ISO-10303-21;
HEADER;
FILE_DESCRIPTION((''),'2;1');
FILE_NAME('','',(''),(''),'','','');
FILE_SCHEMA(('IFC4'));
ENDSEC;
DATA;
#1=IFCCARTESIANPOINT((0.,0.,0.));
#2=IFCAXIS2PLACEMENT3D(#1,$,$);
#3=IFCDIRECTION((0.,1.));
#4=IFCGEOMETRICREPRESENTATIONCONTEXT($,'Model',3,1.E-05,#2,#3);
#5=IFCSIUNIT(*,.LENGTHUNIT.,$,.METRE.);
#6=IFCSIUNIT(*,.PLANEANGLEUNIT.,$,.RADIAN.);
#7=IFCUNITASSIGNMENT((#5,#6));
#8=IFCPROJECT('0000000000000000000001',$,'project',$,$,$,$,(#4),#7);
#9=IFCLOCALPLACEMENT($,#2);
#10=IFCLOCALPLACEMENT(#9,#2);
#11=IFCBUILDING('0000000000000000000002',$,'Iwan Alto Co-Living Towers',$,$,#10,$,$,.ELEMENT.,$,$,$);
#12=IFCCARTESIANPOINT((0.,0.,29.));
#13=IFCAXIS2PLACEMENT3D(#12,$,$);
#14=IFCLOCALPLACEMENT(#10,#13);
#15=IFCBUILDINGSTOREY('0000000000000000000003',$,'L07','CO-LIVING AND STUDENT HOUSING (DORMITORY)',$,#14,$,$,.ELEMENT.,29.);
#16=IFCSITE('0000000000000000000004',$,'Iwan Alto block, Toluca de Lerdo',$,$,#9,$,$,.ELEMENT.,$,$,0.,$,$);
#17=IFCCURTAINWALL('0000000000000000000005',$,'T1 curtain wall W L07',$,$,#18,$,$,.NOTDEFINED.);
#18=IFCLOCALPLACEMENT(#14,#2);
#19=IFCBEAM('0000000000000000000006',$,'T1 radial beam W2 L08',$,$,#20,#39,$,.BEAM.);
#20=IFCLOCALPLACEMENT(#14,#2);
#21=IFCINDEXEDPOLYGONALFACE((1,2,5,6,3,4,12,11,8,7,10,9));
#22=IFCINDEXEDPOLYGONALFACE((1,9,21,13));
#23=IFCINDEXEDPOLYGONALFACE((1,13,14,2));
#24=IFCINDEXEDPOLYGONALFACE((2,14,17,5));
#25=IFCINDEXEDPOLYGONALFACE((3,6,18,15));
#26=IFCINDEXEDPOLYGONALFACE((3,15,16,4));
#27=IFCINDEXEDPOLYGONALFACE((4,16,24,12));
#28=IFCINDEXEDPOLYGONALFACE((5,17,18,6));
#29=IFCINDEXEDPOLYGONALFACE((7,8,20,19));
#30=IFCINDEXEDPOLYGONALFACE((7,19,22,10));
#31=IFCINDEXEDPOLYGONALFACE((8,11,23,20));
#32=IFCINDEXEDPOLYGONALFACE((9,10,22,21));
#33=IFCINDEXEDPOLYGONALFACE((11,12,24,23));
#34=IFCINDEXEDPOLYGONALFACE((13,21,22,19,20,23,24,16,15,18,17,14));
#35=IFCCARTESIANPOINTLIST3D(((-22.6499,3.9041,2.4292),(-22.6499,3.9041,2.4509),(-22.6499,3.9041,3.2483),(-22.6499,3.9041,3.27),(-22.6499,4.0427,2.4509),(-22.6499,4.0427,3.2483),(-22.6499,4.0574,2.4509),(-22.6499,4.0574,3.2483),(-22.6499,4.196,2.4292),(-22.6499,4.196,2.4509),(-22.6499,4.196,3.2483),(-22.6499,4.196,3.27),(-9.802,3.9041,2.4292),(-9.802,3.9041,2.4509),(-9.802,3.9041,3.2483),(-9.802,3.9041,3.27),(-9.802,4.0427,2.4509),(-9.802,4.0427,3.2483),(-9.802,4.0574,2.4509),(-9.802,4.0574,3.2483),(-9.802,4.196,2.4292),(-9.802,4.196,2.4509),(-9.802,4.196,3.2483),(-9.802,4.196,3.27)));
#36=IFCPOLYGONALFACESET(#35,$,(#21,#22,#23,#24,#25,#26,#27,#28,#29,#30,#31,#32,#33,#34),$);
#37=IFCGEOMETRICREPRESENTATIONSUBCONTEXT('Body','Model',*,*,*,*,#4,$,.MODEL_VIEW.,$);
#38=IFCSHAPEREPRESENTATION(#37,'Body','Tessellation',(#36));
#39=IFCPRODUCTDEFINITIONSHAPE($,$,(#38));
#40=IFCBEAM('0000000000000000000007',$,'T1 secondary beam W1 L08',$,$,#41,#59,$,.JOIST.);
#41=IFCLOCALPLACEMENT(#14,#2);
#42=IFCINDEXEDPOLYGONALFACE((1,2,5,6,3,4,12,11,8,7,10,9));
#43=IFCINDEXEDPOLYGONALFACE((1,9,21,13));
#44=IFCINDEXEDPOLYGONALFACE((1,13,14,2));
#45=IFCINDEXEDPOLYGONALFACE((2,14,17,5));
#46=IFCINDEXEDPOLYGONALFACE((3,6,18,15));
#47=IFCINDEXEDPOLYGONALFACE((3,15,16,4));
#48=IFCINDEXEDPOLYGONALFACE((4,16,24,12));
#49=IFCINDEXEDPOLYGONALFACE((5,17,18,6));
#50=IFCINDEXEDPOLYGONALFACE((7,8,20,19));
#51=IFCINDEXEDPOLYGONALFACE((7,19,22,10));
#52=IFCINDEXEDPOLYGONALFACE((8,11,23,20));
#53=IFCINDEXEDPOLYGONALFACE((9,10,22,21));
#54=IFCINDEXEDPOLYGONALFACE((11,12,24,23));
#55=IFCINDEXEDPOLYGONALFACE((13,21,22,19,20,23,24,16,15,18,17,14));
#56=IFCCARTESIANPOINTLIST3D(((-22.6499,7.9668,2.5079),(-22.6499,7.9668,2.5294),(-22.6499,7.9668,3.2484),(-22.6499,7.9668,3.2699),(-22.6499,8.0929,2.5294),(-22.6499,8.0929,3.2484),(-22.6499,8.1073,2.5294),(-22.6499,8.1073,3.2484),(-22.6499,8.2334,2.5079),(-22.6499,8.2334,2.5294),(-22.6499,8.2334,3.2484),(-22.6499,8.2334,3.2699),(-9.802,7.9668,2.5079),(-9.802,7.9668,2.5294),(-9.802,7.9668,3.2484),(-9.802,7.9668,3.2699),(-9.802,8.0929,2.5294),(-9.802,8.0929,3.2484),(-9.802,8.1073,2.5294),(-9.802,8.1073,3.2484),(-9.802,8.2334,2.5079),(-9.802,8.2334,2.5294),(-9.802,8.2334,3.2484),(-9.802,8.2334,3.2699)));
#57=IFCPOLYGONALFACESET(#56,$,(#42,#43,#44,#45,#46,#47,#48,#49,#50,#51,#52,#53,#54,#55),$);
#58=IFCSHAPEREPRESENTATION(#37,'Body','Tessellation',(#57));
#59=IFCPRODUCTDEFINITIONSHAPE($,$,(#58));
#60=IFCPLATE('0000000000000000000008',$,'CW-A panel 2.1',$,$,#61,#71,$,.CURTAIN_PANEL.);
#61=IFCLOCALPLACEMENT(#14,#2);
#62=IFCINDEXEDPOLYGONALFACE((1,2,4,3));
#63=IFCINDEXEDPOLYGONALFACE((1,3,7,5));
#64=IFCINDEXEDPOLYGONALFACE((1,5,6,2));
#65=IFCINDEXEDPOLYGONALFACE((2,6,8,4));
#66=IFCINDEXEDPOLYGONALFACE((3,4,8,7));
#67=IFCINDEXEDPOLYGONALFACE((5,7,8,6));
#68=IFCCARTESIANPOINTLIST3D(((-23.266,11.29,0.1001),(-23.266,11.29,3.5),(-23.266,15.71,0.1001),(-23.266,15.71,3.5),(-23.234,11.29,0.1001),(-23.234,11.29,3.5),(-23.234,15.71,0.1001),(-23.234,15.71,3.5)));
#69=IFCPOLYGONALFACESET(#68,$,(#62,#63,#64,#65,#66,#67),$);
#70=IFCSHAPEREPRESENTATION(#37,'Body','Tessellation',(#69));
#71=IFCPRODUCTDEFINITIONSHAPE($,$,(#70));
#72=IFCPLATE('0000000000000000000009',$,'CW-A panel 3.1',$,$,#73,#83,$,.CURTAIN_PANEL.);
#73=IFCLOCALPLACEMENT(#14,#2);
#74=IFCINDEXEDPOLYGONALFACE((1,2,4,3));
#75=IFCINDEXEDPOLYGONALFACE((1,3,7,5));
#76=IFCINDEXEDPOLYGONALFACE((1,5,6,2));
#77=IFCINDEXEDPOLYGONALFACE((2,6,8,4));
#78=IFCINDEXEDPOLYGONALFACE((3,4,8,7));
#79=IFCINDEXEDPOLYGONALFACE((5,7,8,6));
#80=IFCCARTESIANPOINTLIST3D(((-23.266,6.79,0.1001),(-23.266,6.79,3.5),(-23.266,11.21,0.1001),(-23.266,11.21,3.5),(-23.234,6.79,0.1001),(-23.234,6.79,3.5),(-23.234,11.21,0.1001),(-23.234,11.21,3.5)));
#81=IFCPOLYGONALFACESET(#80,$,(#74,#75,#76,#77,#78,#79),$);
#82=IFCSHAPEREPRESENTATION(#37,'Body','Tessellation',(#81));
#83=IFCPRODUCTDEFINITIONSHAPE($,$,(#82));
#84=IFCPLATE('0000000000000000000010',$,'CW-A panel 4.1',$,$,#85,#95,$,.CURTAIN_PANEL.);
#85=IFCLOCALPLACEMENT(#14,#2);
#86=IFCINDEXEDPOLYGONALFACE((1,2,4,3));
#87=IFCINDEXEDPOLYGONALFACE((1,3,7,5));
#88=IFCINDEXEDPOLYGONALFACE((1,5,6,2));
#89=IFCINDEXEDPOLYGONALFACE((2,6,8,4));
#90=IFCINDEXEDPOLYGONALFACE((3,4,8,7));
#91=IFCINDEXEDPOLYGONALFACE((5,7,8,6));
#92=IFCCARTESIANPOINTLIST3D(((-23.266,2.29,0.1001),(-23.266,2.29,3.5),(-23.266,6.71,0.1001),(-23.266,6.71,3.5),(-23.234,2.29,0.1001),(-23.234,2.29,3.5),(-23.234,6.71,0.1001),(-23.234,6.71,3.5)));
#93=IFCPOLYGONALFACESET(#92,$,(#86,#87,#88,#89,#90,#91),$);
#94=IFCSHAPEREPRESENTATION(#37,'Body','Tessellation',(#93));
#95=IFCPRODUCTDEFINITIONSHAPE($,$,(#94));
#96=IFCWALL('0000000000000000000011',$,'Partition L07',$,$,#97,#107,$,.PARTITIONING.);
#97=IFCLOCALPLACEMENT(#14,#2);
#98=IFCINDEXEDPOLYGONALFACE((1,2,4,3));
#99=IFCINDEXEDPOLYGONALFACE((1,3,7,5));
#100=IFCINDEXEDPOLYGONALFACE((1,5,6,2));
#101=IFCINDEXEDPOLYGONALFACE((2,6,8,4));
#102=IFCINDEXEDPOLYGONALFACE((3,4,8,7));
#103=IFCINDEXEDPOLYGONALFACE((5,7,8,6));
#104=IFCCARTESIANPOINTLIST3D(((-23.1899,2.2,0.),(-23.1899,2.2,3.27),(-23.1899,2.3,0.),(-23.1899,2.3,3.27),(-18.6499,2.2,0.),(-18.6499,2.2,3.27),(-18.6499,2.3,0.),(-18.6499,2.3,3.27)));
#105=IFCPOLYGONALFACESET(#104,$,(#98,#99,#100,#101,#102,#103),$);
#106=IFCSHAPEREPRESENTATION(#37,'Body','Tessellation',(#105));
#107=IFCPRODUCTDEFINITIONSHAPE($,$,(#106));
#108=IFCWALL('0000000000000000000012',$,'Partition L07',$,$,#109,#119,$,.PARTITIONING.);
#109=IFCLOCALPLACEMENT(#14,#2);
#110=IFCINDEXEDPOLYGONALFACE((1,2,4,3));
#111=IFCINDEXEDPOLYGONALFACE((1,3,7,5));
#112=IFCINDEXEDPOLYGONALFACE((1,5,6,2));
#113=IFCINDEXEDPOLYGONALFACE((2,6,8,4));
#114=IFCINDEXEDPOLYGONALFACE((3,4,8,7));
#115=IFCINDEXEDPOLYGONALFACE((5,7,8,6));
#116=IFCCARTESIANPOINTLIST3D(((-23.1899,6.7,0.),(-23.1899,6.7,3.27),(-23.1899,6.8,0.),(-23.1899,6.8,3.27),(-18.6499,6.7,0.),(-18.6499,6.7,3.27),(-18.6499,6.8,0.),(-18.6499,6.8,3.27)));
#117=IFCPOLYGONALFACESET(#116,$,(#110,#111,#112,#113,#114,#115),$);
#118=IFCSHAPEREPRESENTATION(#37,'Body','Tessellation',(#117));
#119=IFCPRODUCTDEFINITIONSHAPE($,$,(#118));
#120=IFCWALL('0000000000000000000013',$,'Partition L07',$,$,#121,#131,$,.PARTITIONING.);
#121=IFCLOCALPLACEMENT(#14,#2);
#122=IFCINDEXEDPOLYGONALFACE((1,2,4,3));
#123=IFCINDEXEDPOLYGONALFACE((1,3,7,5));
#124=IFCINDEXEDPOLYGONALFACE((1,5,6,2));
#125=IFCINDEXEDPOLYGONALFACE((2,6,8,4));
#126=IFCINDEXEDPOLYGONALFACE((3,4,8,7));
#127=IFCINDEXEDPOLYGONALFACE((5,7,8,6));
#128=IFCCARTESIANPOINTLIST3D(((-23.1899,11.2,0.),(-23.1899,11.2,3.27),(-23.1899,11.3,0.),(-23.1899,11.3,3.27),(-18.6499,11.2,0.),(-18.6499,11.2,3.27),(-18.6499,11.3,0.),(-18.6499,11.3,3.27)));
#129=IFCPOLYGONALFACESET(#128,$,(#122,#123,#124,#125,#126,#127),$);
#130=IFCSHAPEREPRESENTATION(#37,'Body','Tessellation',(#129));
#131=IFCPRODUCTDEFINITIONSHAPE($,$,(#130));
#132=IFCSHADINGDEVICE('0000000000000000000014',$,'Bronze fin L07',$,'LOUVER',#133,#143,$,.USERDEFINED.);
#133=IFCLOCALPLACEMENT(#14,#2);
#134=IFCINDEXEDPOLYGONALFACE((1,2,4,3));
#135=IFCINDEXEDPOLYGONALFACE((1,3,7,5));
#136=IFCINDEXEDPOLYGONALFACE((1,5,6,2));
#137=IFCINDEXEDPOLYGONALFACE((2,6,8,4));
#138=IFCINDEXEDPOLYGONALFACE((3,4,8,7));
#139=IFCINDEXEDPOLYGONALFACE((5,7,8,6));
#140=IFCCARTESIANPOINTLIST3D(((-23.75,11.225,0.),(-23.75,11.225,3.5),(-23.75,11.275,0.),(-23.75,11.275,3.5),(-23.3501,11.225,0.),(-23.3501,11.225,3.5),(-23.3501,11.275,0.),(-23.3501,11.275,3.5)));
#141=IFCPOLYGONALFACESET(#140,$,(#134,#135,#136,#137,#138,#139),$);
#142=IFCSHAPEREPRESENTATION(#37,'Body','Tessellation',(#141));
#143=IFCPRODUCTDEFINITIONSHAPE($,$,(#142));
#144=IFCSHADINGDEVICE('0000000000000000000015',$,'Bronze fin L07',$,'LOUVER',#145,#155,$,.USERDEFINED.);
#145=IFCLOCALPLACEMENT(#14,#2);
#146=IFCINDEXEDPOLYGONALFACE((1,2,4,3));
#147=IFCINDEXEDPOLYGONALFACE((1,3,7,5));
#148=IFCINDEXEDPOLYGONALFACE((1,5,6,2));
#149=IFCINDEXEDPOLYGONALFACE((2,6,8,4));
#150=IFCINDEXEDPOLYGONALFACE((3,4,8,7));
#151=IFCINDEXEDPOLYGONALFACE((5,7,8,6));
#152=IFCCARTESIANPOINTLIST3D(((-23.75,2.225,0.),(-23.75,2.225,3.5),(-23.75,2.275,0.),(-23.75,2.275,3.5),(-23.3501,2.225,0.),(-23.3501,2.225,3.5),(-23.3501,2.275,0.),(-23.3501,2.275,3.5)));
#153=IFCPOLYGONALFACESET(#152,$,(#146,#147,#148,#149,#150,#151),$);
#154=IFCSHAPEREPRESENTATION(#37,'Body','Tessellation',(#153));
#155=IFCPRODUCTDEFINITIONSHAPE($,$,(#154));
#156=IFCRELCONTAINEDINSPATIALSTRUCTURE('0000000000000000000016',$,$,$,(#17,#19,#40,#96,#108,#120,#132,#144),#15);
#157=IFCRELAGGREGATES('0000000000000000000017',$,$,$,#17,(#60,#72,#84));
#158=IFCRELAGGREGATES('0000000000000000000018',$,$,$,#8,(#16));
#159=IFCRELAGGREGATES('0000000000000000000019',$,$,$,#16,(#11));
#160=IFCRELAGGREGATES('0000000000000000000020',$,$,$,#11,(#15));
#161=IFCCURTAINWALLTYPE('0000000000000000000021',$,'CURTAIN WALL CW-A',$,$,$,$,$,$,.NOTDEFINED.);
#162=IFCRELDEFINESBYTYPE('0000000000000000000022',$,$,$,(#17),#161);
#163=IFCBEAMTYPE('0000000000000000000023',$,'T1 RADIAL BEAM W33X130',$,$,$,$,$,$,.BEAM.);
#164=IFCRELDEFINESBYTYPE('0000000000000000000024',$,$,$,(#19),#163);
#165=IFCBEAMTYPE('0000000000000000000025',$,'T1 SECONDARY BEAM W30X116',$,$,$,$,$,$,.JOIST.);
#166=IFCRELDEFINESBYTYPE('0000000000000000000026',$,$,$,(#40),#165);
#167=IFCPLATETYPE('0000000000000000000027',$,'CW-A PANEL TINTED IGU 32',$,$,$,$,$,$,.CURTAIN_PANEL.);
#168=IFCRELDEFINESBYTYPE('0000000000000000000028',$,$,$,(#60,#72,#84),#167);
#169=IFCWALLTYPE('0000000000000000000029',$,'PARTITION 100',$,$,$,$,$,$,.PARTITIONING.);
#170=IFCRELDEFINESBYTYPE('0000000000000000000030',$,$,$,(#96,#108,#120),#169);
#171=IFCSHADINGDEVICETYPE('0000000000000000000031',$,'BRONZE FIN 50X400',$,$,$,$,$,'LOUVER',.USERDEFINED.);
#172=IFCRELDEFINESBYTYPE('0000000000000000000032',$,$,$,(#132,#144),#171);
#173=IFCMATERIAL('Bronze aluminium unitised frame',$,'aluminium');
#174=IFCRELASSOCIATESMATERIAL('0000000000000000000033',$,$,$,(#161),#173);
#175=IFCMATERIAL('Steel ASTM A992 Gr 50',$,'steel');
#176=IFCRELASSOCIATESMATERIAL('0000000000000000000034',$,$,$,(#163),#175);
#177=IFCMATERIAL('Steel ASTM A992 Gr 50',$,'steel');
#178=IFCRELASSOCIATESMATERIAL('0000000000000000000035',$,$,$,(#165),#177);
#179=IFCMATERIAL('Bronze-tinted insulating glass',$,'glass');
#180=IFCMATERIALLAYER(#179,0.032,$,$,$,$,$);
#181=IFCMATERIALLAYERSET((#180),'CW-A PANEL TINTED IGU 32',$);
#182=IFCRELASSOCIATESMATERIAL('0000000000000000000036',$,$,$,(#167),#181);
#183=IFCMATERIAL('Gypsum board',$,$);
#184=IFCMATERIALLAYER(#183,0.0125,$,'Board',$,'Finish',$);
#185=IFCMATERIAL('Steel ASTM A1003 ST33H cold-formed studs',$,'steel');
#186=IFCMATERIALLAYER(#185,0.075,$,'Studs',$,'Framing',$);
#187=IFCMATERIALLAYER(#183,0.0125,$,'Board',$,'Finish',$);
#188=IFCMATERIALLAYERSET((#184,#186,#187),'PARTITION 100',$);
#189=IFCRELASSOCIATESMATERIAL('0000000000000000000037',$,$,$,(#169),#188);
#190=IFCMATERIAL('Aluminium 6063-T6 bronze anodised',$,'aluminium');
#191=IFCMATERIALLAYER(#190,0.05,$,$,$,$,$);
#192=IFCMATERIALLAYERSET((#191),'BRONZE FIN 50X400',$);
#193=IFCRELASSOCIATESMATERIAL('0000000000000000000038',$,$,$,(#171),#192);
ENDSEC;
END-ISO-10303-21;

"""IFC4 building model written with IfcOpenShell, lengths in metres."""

from ifc_helpers import new_model, si_unit, direction, frame, frame_2d, origin, origin_2d, place, context, subcontext, project, spatial, rectangle, i_section, extrude, material, layer, layer_set, material_profile, profile_set, type_object, element, aggregate, save


model = new_model("IFC4")

# Units and contexts
model_context = context("Model", 3, precision=1e-05, world=origin(), true_north=direction((0.0, 1.0)))
body_context = subcontext(model_context, "Body", "Model", "MODEL_VIEW")
ifc_project = project(units=[si_unit("LENGTHUNIT", "METRE"), si_unit("PLANEANGLEUNIT", "RADIAN")], contexts=[model_context])

# Site, building, storey
site_placement = place(None, origin())
site = spatial("IfcSite", under=ifc_project, at=site_placement, Name="Iwan Alto block, Toluca de Lerdo", CompositionType="ELEMENT", RefElevation=0.0)
building_placement = place(site_placement, origin())
building = spatial("IfcBuilding", under=site, at=building_placement, Name="Iwan Alto Co-Living Towers", CompositionType="ELEMENT")
storey_placement = place(building_placement, frame((0.0, 0.0, 29.0)))
storey = spatial("IfcBuildingStorey", under=building, at=storey_placement, Name="L07", Description="CO-LIVING AND STUDENT HOUSING (DORMITORY)", CompositionType="ELEMENT", Elevation=29.0)

# Curtain wall
ifc_material_1 = material(Name="Bronze aluminium unitised frame", Category="aluminium")
curtain_wall_type = type_object("IfcCurtainWallType", Name="CURTAIN WALL CW-A", PredefinedType="NOTDEFINED", material=ifc_material_1)
curtain_wall_placement = place(storey_placement, origin())
curtain_wall = element("IfcCurtainWall", 1, at=curtain_wall_placement, inside=storey, type_object=curtain_wall_type, Name="T1 curtain wall W L07", PredefinedType="NOTDEFINED")

# Beams
ifc_material_2 = material(Name="Steel ASTM A992 Gr 50", Category="steel")
ifc_material_profile_1 = material_profile(ifc_material_2, i_section(OverallWidth=0.292, OverallDepth=0.8408, WebThickness=0.0146, FlangeThickness=0.0217, at=origin_2d()), Name="W33X130")
ifc_profile_set_1 = profile_set([ifc_material_profile_1], Name="Steel ASTM A992 Gr 50")
beam_type_1 = type_object("IfcBeamType", Name="T1 RADIAL BEAM W33X130", PredefinedType="BEAM", material=ifc_profile_set_1)
beam_1_placement = place(storey_placement, frame((-22.6499, 4.05, 2.8496), z_axis=(1.0, 0.0, 0.0), x_axis=(0.0, 1.0, 0.0)))
element("IfcBeam", 2, at=beam_1_placement, inside=storey, type_object=beam_type_1, Name="T1 radial beam W2 L08", PredefinedType="BEAM", context=body_context, shape_type="SweptSolid", body=[
    extrude(i_section(OverallWidth=0.292, OverallDepth=0.8408, WebThickness=0.0146, FlangeThickness=0.0217, at=origin_2d()), origin(), (0.0, 0.0, 1.0), 12.8479),
])
ifc_material_3 = material(Name="Steel ASTM A992 Gr 50", Category="steel")
ifc_material_profile_2 = material_profile(ifc_material_3, i_section(OverallWidth=0.2666, OverallDepth=0.762, WebThickness=0.0144, FlangeThickness=0.0215, at=origin_2d()), Name="W30X116")
ifc_profile_set_2 = profile_set([ifc_material_profile_2], Name="Steel ASTM A992 Gr 50")
beam_type_2 = type_object("IfcBeamType", Name="T1 SECONDARY BEAM W30X116", PredefinedType="JOIST", material=ifc_profile_set_2)
beam_2_placement = place(storey_placement, frame((-22.6499, 8.1001, 2.8889), z_axis=(1.0, 0.0, 0.0), x_axis=(0.0, 1.0, 0.0)))
element("IfcBeam", 3, at=beam_2_placement, inside=storey, type_object=beam_type_2, Name="T1 secondary beam W1 L08", PredefinedType="JOIST", context=body_context, shape_type="SweptSolid", body=[
    extrude(i_section(OverallWidth=0.2666, OverallDepth=0.762, WebThickness=0.0144, FlangeThickness=0.0215, at=origin_2d()), origin(), (0.0, 0.0, 1.0), 12.8479),
])

# Plates
ifc_material_4 = material(Name="Bronze-tinted insulating glass", Category="glass")
ifc_layer_1 = layer(ifc_material_4, 0.032)
ifc_layer_set_1 = layer_set([ifc_layer_1], Name="CW-A PANEL TINTED IGU 32")
plate_type = type_object("IfcPlateType", Name="CW-A PANEL TINTED IGU 32", PredefinedType="CURTAIN_PANEL", material=ifc_layer_set_1)
plate_1_placement = place(storey_placement, frame((-23.25, 13.5, 0.1001), z_axis=(0.0, 0.0, 1.0), x_axis=(0.0, -1.0, 0.0)))
plate_1 = element("IfcPlate", 4, at=plate_1_placement, type_object=plate_type, Name="CW-A panel 2.1", PredefinedType="CURTAIN_PANEL", context=body_context, shape_type="SweptSolid", body=[
    extrude(rectangle(XDim=4.4199, YDim=0.032, at=origin_2d()), origin(), (0.0, 0.0, 1.0), 3.3999),
])
plate_2_placement = place(storey_placement, frame((-23.25, 9.0, 0.1001), z_axis=(0.0, 0.0, 1.0), x_axis=(0.0, -1.0, 0.0)))
plate_2 = element("IfcPlate", 5, at=plate_2_placement, type_object=plate_type, Name="CW-A panel 3.1", PredefinedType="CURTAIN_PANEL", context=body_context, shape_type="SweptSolid", body=[
    extrude(rectangle(XDim=4.4199, YDim=0.032, at=origin_2d()), origin(), (0.0, 0.0, 1.0), 3.3999),
])
plate_3_placement = place(storey_placement, frame((-23.25, 4.5, 0.1001), z_axis=(0.0, 0.0, 1.0), x_axis=(0.0, -1.0, 0.0)))
plate_3 = element("IfcPlate", 6, at=plate_3_placement, type_object=plate_type, Name="CW-A panel 4.1", PredefinedType="CURTAIN_PANEL", context=body_context, shape_type="SweptSolid", body=[
    extrude(rectangle(XDim=4.4199, YDim=0.032, at=origin_2d()), origin(), (0.0, 0.0, 1.0), 3.3999),
])
aggregate(curtain_wall, [plate_1, plate_2, plate_3])

# Walls
ifc_material_5 = material(Name="Gypsum board")
ifc_layer_2 = layer(ifc_material_5, 0.0125, Name="Board", Category="Finish")
ifc_material_6 = material(Name="Steel ASTM A1003 ST33H cold-formed studs", Category="steel")
ifc_layer_3 = layer(ifc_material_6, 0.075, Name="Studs", Category="Framing")
ifc_layer_4 = layer(ifc_material_5, 0.0125, Name="Board", Category="Finish")
ifc_layer_set_2 = layer_set([ifc_layer_2, ifc_layer_3, ifc_layer_4], Name="PARTITION 100")
wall_type = type_object("IfcWallType", Name="PARTITION 100", PredefinedType="PARTITIONING", material=ifc_layer_set_2)
for number, where, z_axis, x_axis, name in (
    (7, (-23.1899, 2.25, 0.0), (0.0, 0.0, 1.0), (1.0, 0.0, 0.0), "Partition L07"),
    (8, (-23.1899, 6.75, 0.0), (0.0, 0.0, 1.0), (1.0, 0.0, 0.0), "Partition L07"),
    (9, (-23.1899, 11.25, 0.0), (0.0, 0.0, 1.0), (1.0, 0.0, 0.0), "Partition L07"),
):
    element("IfcWall", number, at=place(storey_placement, frame(where, z_axis=z_axis, x_axis=x_axis)), inside=storey, type_object=wall_type, Name=name, PredefinedType="PARTITIONING", context=body_context, shape_type="SweptSolid", body=[
        extrude(rectangle(XDim=4.54, YDim=0.1001, at=frame_2d((2.27, 0.0))), origin(), (0.0, 0.0, 1.0), 3.27),
    ])

# Shading devices
ifc_material_7 = material(Name="Aluminium 6063-T6 bronze anodised", Category="aluminium")
ifc_layer_5 = layer(ifc_material_7, 0.05)
ifc_layer_set_3 = layer_set([ifc_layer_5], Name="BRONZE FIN 50X400")
shading_device_type = type_object("IfcShadingDeviceType", Name="BRONZE FIN 50X400", ElementType="LOUVER", PredefinedType="USERDEFINED", material=ifc_layer_set_3)
for number, where, z_axis, x_axis, name in (
    (10, (-23.55, 11.25, 0.0), (0.0, 0.0, 1.0), (0.0, -1.0, 0.0), "Bronze fin L07"),
    (11, (-23.55, 2.25, 0.0), (0.0, 0.0, 1.0), (0.0, -1.0, 0.0), "Bronze fin L07"),
):
    element("IfcShadingDevice", number, at=place(storey_placement, frame(where, z_axis=z_axis, x_axis=x_axis)), inside=storey, type_object=shading_device_type, Name=name, ObjectType="LOUVER", PredefinedType="USERDEFINED", context=body_context, shape_type="SweptSolid", body=[
        extrude(rectangle(XDim=0.05, YDim=0.3999, at=origin_2d()), origin(), (0.0, 0.0, 1.0), 3.5),
    ])

save(model, "model.ifc")
